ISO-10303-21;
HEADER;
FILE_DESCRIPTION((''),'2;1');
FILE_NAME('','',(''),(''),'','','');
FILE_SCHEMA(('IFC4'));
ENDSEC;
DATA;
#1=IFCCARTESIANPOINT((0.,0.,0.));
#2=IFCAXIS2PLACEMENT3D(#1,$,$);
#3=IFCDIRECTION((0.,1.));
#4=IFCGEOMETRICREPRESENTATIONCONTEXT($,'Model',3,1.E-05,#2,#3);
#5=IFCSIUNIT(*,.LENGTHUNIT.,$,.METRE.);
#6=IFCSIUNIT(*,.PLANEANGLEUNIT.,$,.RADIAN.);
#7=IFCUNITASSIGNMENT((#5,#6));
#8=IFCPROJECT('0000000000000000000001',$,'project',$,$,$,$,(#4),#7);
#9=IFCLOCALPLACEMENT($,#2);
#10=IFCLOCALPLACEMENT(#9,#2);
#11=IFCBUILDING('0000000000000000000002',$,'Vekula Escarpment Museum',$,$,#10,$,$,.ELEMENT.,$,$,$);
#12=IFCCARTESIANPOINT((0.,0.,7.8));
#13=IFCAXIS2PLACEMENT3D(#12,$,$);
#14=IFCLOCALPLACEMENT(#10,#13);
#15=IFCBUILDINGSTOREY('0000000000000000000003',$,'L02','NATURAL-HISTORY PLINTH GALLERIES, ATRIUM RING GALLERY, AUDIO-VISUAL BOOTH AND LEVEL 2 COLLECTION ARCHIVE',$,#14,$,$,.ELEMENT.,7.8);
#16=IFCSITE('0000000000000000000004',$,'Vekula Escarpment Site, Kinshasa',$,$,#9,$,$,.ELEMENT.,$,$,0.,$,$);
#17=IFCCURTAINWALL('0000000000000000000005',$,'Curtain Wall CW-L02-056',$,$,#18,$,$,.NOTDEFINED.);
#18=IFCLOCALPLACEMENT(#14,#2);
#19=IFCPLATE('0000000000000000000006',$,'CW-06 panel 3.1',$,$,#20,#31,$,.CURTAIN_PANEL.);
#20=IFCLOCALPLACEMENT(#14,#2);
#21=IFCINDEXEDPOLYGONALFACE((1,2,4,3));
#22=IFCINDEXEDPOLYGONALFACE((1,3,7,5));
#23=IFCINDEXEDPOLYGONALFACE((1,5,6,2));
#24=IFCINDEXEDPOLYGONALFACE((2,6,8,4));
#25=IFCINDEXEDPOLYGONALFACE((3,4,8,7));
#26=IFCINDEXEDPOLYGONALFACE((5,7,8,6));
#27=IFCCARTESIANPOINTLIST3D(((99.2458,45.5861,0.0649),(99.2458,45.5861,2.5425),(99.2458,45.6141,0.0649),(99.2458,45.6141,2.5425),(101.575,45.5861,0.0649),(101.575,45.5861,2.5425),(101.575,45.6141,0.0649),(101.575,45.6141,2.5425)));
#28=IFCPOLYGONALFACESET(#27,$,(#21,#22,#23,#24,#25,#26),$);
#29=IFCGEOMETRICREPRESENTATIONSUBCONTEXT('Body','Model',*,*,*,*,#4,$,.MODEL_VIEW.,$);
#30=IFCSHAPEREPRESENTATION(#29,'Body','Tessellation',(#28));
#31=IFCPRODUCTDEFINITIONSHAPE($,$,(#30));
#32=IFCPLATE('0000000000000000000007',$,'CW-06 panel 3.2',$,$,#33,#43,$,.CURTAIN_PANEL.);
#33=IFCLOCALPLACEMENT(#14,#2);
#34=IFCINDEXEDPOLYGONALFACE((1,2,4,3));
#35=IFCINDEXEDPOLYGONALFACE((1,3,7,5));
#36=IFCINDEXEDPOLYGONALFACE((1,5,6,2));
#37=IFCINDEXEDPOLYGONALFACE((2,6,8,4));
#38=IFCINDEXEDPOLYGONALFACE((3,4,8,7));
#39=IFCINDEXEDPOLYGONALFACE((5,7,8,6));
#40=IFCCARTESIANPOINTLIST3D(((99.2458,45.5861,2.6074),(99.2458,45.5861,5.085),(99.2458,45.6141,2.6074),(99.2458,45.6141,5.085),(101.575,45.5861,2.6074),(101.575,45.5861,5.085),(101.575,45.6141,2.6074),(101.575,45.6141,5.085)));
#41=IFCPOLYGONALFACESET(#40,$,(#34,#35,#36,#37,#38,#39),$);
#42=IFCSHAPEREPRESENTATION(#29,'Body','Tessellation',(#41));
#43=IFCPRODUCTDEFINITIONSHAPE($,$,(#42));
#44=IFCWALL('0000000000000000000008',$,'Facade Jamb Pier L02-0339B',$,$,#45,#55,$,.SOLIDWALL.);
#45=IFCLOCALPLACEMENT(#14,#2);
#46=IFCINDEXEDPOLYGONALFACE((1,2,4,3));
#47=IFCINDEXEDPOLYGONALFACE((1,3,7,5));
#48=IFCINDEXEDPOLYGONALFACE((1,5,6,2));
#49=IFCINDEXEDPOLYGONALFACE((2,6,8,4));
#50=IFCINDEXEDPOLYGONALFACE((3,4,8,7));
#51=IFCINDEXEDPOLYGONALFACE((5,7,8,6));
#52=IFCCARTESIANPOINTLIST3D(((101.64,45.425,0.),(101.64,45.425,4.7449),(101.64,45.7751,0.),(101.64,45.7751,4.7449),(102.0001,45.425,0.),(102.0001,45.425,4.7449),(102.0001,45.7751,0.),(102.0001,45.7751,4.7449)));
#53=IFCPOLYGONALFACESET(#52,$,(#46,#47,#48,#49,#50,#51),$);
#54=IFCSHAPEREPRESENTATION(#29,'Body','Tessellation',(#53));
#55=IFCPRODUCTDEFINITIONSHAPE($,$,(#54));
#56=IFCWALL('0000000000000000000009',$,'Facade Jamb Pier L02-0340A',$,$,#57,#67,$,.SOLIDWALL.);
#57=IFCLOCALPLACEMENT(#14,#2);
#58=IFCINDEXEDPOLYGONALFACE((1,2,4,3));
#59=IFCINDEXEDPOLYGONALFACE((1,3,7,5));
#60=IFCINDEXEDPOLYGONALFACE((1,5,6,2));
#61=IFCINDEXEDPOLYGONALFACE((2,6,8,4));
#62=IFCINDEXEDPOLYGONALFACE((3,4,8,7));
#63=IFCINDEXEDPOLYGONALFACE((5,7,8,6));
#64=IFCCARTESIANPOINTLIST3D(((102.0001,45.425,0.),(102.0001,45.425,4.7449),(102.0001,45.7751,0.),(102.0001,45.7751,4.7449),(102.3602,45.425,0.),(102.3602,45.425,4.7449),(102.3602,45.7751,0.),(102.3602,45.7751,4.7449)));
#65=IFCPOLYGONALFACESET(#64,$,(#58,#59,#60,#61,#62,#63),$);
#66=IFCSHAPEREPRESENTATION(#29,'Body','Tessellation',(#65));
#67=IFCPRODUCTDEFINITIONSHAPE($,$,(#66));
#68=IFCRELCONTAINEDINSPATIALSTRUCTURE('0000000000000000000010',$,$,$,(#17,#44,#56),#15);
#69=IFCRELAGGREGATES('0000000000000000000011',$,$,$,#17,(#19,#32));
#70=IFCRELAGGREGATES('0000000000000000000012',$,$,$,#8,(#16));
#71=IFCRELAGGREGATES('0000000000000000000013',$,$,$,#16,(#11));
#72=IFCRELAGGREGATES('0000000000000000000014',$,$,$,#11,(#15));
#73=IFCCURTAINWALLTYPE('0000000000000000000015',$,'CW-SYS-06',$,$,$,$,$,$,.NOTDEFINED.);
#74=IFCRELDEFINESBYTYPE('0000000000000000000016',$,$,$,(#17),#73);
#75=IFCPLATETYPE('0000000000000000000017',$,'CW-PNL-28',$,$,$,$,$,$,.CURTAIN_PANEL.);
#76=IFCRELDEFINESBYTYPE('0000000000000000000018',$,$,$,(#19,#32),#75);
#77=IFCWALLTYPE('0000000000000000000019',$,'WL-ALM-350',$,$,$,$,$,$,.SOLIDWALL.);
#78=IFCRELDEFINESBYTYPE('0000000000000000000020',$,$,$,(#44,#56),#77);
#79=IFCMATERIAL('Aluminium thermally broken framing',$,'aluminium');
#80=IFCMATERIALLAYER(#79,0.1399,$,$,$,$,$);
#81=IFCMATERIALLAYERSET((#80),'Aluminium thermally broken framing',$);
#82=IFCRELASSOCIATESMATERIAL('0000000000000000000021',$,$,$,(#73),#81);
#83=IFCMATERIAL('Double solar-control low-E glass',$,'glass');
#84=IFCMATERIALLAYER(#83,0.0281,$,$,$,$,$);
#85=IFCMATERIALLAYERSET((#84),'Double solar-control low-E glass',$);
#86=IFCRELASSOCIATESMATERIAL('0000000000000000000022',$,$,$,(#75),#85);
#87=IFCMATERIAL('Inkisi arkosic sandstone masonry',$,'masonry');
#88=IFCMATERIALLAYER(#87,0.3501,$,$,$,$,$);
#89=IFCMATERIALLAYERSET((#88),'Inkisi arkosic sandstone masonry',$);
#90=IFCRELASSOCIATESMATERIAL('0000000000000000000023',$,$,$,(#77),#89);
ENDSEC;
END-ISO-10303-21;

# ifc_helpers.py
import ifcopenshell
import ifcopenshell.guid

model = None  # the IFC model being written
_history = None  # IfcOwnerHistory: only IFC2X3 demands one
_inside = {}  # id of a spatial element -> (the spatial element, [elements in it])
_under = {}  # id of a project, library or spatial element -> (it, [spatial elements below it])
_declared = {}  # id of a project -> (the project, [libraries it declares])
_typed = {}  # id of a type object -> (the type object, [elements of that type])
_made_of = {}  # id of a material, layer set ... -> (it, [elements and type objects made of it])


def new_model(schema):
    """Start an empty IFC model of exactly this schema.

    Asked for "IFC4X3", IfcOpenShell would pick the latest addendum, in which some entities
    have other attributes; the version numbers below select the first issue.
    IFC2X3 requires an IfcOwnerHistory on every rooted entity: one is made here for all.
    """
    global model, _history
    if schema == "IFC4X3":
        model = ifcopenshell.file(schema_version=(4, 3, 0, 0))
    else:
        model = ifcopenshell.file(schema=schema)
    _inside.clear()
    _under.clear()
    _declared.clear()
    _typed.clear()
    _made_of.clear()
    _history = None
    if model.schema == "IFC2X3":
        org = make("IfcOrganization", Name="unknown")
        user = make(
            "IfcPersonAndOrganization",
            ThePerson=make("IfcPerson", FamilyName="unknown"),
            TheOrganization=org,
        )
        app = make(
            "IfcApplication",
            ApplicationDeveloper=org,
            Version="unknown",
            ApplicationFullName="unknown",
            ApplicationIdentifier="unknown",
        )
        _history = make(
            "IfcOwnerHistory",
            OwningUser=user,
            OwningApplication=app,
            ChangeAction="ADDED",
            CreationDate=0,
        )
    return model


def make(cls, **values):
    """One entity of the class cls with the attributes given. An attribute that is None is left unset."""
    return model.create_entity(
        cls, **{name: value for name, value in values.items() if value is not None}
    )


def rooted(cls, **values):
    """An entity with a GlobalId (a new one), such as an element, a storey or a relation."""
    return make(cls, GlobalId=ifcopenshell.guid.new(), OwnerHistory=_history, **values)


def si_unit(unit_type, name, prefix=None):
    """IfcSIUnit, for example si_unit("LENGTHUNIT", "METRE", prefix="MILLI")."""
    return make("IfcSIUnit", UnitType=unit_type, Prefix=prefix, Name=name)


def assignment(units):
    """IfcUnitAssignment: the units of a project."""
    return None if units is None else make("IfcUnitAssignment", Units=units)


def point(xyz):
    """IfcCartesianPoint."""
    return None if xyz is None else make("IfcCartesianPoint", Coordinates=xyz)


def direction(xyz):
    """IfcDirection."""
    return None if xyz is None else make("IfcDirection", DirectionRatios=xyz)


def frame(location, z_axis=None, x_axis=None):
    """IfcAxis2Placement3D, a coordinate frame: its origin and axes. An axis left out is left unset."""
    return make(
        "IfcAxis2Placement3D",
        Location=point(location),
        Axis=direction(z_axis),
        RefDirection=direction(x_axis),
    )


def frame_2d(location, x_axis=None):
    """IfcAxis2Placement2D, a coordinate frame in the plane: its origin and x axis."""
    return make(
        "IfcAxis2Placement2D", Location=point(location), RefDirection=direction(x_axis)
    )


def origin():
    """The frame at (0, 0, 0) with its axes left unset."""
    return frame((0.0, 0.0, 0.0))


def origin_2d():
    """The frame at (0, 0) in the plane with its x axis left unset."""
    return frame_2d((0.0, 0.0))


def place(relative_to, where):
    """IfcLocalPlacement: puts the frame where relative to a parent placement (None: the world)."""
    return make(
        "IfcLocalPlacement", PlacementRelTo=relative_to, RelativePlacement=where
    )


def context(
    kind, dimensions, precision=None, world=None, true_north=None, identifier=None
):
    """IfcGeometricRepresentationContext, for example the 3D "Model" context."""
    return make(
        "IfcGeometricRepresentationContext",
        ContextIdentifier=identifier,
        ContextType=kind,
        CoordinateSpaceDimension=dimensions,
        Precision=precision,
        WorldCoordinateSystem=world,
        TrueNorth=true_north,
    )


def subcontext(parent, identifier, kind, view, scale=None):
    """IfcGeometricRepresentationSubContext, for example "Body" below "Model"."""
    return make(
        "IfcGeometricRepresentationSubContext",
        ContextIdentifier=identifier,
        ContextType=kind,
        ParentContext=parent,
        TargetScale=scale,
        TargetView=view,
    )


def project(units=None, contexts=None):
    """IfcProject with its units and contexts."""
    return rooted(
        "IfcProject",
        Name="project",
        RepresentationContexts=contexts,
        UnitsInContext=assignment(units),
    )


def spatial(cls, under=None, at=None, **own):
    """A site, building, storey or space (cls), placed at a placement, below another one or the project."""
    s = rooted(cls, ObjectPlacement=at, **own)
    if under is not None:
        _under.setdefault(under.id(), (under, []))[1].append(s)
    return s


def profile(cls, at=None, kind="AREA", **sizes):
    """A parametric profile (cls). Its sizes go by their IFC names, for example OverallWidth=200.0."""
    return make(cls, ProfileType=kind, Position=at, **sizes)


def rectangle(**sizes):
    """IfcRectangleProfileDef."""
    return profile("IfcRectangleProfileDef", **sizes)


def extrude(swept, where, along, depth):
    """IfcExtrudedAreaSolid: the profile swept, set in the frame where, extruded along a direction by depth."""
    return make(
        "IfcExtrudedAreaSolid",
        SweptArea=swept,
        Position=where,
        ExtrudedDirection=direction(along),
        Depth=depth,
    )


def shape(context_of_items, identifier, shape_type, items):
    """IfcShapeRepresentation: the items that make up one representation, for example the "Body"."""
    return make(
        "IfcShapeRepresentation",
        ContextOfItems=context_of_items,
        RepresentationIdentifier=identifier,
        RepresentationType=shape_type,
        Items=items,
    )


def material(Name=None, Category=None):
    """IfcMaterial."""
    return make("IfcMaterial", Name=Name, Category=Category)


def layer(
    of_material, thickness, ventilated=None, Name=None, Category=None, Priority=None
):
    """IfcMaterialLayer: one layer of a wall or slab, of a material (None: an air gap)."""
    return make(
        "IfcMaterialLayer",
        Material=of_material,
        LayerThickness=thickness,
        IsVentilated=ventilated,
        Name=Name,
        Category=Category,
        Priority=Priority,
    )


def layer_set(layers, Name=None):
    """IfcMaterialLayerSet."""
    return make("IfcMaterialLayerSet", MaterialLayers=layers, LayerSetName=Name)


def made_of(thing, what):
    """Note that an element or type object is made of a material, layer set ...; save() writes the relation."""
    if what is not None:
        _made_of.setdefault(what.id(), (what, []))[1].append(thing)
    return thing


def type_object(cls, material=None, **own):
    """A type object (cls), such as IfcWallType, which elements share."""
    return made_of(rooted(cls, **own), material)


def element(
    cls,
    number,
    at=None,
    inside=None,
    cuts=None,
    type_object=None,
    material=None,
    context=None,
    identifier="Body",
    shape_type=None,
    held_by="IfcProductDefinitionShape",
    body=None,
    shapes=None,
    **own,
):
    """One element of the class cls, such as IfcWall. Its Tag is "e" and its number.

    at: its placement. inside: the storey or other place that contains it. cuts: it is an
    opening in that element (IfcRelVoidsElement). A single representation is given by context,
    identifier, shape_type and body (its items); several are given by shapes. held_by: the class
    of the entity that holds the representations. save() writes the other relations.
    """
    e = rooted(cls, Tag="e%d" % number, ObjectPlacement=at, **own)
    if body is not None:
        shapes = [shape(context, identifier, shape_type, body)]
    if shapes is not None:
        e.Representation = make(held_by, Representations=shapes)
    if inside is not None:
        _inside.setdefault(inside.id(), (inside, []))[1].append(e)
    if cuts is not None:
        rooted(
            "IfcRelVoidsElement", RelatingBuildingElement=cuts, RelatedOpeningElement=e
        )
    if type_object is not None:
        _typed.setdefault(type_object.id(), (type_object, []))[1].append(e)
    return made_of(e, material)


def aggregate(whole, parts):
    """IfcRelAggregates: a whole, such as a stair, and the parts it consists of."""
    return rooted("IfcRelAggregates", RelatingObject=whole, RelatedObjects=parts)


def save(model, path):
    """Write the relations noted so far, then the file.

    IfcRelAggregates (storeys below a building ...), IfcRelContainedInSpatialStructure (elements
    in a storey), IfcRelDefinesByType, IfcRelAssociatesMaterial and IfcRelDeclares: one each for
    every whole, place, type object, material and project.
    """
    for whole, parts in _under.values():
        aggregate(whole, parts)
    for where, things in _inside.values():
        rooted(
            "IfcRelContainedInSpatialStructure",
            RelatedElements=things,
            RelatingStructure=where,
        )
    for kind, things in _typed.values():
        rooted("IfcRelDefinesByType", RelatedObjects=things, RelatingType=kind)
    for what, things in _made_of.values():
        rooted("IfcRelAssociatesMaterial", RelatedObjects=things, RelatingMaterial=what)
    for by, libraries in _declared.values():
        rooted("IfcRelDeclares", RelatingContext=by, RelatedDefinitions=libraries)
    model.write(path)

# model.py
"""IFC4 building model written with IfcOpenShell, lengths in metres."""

from ifc_helpers import new_model, si_unit, direction, frame, frame_2d, origin, origin_2d, place, context, subcontext, project, spatial, rectangle, extrude, material, layer, layer_set, type_object, element, aggregate, save


model = new_model("IFC4")

# Units and contexts
model_context = context("Model", 3, precision=1e-05, world=origin(), true_north=direction((0.0, 1.0)))
body_context = subcontext(model_context, "Body", "Model", "MODEL_VIEW")
ifc_project = project(units=[si_unit("LENGTHUNIT", "METRE"), si_unit("PLANEANGLEUNIT", "RADIAN")], contexts=[model_context])

# Site, building, storey
site_placement = place(None, origin())
site = spatial("IfcSite", under=ifc_project, at=site_placement, Name="Vekula Escarpment Site, Kinshasa", CompositionType="ELEMENT", RefElevation=0.0)
building_placement = place(site_placement, origin())
building = spatial("IfcBuilding", under=site, at=building_placement, Name="Vekula Escarpment Museum", CompositionType="ELEMENT")
storey_placement = place(building_placement, frame((0.0, 0.0, 7.8)))
storey = spatial("IfcBuildingStorey", under=building, at=storey_placement, Name="L02", Description="NATURAL-HISTORY PLINTH GALLERIES, ATRIUM RING GALLERY, AUDIO-VISUAL BOOTH AND LEVEL 2 COLLECTION ARCHIVE", CompositionType="ELEMENT", Elevation=7.8)

# Curtain wall
ifc_material_1 = material(Name="Aluminium thermally broken framing", Category="aluminium")
ifc_layer_1 = layer(ifc_material_1, 0.1399)
ifc_layer_set_1 = layer_set([ifc_layer_1], Name="Aluminium thermally broken framing")
curtain_wall_type_1 = type_object("IfcCurtainWallType", Name="CW-SYS-06", PredefinedType="NOTDEFINED", material=ifc_layer_set_1)
curtain_wall_1_placement = place(storey_placement, origin())
curtain_wall_1 = element("IfcCurtainWall", 1, at=curtain_wall_1_placement, inside=storey, type_object=curtain_wall_type_1, Name="Curtain Wall CW-L02-056", PredefinedType="NOTDEFINED")

# Plates
ifc_material_2 = material(Name="Double solar-control low-E glass", Category="glass")
ifc_layer_2 = layer(ifc_material_2, 0.0281)
ifc_layer_set_2 = layer_set([ifc_layer_2], Name="Double solar-control low-E glass")
plate_type = type_object("IfcPlateType", Name="CW-PNL-28", PredefinedType="CURTAIN_PANEL", material=ifc_layer_set_2)
plate_1_placement = place(storey_placement, frame((100.4104, 45.6001, 0.0649), z_axis=(0.0, 0.0, 1.0), x_axis=(1.0, 0.0, 0.0)))
plate_1 = element("IfcPlate", 2, at=plate_1_placement, type_object=plate_type, Name="CW-06 panel 3.1", PredefinedType="CURTAIN_PANEL", context=body_context, shape_type="SweptSolid", body=[
    extrude(rectangle(XDim=2.3291, YDim=0.0281, at=origin_2d()), origin(), (0.0, 0.0, 1.0), 2.4775),
])
plate_2_placement = place(storey_placement, frame((100.4104, 45.6001, 2.6074), z_axis=(0.0, 0.0, 1.0), x_axis=(1.0, 0.0, 0.0)))
plate_2 = element("IfcPlate", 3, at=plate_2_placement, type_object=plate_type, Name="CW-06 panel 3.2", PredefinedType="CURTAIN_PANEL", context=body_context, shape_type="SweptSolid", body=[
    extrude(rectangle(XDim=2.3291, YDim=0.0281, at=origin_2d()), origin(), (0.0, 0.0, 1.0), 2.4775),
])
aggregate(curtain_wall_1, [plate_1, plate_2])

# Walls
ifc_material_3 = material(Name="Inkisi arkosic sandstone masonry", Category="masonry")
ifc_layer_3 = layer(ifc_material_3, 0.3501)
ifc_layer_set_3 = layer_set([ifc_layer_3], Name="Inkisi arkosic sandstone masonry")
wall_type = type_object("IfcWallType", Name="WL-ALM-350", PredefinedType="SOLIDWALL", material=ifc_layer_set_3)
for number, where, z_axis, x_axis, name in (
    (4, (101.6399, 45.6001, 0.0), (0.0, 0.0, 1.0), (1.0, 0.0, 0.0), "Facade Jamb Pier L02-0339B"),
    (5, (102.0, 45.6001, 0.0), (0.0, 0.0, 1.0), (1.0, 0.0, 0.0), "Facade Jamb Pier L02-0340A"),
):
    element("IfcWall", number, at=place(storey_placement, frame(where, z_axis=z_axis, x_axis=x_axis)), inside=storey, type_object=wall_type, Name=name, PredefinedType="SOLIDWALL", context=body_context, shape_type="SweptSolid", body=[
        extrude(rectangle(XDim=0.3601, YDim=0.3501, at=frame_2d((0.1802, 0.0))), origin(), (0.0, 0.0, 1.0), 4.7449),
    ])

save(model, "model.ifc")
